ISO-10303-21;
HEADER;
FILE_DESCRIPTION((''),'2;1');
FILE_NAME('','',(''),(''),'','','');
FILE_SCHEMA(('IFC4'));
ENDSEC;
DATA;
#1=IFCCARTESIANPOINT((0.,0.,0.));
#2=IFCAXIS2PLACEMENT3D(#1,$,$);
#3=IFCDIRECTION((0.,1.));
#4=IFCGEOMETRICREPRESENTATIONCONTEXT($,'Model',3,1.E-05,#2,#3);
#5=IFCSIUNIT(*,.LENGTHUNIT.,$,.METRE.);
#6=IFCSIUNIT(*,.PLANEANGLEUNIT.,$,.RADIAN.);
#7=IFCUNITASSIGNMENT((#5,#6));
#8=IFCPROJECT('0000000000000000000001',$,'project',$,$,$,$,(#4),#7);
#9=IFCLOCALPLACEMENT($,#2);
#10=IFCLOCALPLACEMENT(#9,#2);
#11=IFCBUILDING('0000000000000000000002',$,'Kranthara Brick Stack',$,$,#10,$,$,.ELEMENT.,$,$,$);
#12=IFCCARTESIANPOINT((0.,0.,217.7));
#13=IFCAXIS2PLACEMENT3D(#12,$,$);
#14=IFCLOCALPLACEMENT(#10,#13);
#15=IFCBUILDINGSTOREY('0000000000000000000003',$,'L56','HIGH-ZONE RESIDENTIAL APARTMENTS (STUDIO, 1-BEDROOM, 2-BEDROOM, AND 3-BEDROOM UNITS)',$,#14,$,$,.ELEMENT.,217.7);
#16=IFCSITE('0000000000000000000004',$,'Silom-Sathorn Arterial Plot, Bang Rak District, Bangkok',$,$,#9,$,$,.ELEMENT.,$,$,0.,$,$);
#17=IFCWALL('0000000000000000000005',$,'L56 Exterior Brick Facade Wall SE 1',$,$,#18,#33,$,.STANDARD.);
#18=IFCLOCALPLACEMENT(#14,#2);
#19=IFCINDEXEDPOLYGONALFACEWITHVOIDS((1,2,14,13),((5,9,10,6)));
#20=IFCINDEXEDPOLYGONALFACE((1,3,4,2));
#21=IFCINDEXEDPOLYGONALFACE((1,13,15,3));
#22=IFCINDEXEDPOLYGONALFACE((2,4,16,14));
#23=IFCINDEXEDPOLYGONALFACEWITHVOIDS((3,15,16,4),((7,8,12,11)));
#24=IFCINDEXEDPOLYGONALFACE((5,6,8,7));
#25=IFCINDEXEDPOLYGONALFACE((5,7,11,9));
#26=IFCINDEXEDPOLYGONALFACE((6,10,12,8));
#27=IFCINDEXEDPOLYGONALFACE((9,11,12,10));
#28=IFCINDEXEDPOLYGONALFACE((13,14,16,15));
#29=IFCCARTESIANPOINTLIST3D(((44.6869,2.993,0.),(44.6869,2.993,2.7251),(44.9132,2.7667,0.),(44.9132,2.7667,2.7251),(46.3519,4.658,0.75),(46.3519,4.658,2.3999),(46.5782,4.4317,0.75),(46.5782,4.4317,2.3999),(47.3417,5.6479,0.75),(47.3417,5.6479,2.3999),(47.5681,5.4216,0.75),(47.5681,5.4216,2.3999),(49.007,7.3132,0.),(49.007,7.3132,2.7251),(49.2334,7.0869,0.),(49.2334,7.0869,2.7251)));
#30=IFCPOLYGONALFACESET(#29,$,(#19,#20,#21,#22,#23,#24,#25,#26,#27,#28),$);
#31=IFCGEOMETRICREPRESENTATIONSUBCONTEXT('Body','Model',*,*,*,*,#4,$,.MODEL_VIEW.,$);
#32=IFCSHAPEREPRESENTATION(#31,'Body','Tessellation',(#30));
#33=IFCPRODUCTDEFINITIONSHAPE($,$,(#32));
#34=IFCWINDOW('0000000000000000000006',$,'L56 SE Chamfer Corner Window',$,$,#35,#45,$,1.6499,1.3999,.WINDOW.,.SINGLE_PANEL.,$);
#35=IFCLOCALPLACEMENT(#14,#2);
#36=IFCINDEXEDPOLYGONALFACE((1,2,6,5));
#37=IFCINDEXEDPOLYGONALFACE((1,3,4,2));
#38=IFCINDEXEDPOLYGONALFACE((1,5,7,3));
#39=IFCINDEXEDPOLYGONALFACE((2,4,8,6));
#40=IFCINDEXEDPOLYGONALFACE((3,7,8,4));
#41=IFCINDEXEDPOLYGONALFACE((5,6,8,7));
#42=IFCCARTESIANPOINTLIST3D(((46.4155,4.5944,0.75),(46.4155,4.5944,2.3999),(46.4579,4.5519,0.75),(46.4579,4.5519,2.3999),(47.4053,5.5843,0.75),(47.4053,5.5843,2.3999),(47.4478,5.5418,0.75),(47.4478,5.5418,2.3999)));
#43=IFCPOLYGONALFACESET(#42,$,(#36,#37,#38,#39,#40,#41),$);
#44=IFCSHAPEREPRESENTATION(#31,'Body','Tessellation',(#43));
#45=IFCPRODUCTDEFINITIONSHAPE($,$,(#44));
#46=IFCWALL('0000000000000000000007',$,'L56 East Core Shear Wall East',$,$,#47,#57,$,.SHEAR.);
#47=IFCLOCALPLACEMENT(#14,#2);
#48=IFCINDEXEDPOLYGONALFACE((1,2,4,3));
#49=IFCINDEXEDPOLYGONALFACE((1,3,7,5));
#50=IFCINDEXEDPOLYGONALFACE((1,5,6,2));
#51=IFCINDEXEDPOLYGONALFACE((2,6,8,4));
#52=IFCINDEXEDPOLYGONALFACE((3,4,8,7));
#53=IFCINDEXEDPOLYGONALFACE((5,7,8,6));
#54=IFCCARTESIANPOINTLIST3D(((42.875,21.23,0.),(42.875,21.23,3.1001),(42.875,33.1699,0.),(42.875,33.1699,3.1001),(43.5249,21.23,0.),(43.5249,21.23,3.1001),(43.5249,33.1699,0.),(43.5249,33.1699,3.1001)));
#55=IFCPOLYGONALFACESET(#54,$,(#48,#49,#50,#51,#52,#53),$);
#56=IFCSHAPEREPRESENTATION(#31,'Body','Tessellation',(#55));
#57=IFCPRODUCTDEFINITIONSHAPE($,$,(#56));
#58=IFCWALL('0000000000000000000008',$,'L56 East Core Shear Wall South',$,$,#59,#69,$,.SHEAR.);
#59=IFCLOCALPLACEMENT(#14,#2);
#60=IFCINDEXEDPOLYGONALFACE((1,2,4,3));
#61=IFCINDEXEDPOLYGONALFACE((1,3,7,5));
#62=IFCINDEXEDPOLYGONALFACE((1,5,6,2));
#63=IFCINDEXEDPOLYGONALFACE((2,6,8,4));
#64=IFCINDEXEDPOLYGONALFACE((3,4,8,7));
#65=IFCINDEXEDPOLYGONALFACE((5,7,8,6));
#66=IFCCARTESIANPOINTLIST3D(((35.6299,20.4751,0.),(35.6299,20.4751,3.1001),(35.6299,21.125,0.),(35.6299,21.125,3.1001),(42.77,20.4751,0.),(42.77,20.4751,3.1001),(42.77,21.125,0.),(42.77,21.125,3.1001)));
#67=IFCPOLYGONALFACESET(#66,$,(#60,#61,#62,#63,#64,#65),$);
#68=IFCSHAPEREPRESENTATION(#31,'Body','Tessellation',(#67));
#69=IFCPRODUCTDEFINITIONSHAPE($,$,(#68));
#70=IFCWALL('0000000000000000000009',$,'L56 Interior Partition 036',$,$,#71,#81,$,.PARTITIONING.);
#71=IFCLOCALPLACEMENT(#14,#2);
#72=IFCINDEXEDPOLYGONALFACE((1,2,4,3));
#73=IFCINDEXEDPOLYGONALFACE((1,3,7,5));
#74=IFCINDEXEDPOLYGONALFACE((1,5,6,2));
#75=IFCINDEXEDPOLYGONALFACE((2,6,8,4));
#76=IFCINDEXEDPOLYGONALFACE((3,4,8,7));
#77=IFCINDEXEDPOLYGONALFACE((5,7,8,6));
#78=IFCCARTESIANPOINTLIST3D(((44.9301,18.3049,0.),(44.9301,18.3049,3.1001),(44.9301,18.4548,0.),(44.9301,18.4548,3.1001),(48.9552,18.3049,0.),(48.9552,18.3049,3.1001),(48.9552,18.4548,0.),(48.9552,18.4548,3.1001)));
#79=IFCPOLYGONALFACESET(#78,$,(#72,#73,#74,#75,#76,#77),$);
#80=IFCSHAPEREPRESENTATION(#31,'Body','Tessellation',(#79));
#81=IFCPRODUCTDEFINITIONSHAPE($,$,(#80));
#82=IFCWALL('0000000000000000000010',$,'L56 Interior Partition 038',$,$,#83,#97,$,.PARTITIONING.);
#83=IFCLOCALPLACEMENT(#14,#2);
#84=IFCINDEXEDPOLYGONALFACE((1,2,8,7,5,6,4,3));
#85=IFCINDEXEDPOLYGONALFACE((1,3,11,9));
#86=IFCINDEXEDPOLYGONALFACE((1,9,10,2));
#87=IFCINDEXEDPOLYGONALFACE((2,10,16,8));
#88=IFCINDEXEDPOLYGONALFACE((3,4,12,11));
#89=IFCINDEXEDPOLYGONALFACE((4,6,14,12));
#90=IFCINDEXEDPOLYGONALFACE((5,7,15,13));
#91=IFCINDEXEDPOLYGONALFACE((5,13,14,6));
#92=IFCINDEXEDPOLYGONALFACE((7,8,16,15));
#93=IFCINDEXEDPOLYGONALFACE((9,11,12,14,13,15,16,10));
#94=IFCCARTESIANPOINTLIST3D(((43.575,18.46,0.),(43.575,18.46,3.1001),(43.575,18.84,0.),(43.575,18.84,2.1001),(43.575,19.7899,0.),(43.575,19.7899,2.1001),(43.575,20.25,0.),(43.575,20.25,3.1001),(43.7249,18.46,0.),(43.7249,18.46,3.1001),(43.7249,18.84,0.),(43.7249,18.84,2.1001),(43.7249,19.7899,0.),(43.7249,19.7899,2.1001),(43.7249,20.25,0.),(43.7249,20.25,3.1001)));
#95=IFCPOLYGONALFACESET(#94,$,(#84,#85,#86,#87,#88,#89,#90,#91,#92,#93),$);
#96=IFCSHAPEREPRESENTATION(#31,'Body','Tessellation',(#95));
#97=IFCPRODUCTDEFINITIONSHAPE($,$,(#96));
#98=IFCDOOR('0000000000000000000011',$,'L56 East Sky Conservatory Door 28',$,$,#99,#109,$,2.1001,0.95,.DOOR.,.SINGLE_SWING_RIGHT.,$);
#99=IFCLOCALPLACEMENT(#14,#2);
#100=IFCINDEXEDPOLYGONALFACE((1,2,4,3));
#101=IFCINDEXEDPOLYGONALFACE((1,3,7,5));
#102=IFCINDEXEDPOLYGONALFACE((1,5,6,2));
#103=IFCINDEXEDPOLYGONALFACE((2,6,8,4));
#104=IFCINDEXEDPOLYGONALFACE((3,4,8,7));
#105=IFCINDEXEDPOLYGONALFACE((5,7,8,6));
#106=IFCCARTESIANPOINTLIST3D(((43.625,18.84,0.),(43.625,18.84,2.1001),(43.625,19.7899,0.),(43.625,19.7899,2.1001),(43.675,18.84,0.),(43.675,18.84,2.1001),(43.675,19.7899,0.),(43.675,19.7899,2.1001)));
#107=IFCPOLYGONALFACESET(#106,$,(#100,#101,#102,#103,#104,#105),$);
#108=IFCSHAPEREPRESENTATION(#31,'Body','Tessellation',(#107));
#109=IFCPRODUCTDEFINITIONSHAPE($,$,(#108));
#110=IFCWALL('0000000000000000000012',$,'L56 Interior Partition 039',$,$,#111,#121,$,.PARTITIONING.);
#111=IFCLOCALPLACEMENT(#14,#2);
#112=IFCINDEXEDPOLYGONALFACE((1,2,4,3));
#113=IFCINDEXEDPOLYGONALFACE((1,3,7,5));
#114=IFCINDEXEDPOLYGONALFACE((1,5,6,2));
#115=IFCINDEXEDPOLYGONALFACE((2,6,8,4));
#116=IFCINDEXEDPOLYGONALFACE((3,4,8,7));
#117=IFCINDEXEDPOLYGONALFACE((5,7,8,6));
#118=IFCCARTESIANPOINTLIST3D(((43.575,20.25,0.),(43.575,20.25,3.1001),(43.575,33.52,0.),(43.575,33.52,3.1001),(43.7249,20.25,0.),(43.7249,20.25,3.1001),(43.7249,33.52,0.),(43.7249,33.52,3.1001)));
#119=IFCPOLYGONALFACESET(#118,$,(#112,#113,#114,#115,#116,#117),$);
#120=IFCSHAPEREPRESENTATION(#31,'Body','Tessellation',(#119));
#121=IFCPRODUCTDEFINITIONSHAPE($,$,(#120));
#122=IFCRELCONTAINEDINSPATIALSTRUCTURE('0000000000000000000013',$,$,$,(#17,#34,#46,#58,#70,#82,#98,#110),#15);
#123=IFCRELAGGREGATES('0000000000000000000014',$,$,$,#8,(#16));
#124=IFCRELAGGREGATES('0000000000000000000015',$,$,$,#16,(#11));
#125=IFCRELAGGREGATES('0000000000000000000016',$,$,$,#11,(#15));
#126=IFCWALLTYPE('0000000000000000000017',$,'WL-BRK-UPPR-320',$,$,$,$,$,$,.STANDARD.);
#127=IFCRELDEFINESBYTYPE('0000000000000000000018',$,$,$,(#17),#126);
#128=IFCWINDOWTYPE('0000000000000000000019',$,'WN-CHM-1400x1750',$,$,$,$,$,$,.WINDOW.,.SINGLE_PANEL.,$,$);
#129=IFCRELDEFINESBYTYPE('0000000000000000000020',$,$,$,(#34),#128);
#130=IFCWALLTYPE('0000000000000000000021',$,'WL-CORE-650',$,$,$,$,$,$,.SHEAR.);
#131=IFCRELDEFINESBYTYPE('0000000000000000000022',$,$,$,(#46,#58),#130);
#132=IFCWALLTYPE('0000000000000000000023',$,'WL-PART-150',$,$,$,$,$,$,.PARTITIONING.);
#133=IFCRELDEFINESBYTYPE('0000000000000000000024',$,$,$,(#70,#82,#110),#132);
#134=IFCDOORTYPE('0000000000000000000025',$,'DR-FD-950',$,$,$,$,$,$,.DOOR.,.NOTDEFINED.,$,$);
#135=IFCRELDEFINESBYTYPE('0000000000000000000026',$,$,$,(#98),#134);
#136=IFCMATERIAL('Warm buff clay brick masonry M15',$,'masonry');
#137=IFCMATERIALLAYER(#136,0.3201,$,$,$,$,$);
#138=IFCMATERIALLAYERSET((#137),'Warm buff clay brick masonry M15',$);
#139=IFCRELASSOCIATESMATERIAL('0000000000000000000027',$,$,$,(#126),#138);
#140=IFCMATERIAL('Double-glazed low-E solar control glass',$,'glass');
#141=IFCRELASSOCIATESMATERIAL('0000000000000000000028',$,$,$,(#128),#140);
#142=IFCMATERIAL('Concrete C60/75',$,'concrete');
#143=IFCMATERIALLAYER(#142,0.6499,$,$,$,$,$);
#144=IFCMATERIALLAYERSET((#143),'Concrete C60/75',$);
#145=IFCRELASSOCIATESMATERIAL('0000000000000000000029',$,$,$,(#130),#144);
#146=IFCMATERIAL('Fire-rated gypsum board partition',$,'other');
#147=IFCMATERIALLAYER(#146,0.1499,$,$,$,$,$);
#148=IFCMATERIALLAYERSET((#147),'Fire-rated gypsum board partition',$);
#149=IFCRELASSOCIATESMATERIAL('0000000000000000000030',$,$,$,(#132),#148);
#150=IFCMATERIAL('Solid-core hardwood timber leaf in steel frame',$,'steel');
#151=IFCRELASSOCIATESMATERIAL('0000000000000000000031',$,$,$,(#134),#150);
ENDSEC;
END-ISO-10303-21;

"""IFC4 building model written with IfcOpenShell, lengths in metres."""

from ifc_helpers import new_model, si_unit, direction, frame, frame_2d, origin, place, context, subcontext, project, spatial, rectangle, extrude, material, layer, layer_set, type_object, element, fill, save


model = new_model("IFC4")

# Units and contexts
model_context = context("Model", 3, precision=1e-05, world=origin(), true_north=direction((0.0, 1.0)))
body_context = subcontext(model_context, "Body", "Model", "MODEL_VIEW")
ifc_project = project(units=[si_unit("LENGTHUNIT", "METRE"), si_unit("PLANEANGLEUNIT", "RADIAN")], contexts=[model_context])

# Site, building, storey
site_placement = place(None, origin())
site = spatial("IfcSite", under=ifc_project, at=site_placement, Name="Silom-Sathorn Arterial Plot, Bang Rak District, Bangkok", CompositionType="ELEMENT", RefElevation=0.0)
building_placement = place(site_placement, origin())
building = spatial("IfcBuilding", under=site, at=building_placement, Name="Kranthara Brick Stack", CompositionType="ELEMENT")
storey_placement = place(building_placement, frame((0.0, 0.0, 217.7)))
storey = spatial("IfcBuildingStorey", under=building, at=storey_placement, Name="L56", Description="HIGH-ZONE RESIDENTIAL APARTMENTS (STUDIO, 1-BEDROOM, 2-BEDROOM, AND 3-BEDROOM UNITS)", CompositionType="ELEMENT", Elevation=217.7)

# Wall, opening, window
ifc_material_1 = material(Name="Warm buff clay brick masonry M15", Category="masonry")
ifc_layer_1 = layer(ifc_material_1, 0.3201)
ifc_layer_set_1 = layer_set([ifc_layer_1], Name="Warm buff clay brick masonry M15")
wall_type_1 = type_object("IfcWallType", Name="WL-BRK-UPPR-320", PredefinedType="STANDARD", material=ifc_layer_set_1)
wall_1_placement = place(storey_placement, frame((49.1201, 7.2, 0.0), z_axis=(0.0, 0.0, 1.0), x_axis=(-0.707107, -0.707107, 0.0)))
wall_1 = element("IfcWall", 1, at=wall_1_placement, inside=storey, type_object=wall_type_1, Name="L56 Exterior Brick Facade Wall SE 1", PredefinedType="STANDARD", context=body_context, shape_type="SweptSolid", body=[
    extrude(rectangle(XDim=6.1096, YDim=0.3201, at=frame_2d((3.0547, 0.0))), origin(), (0.0, 0.0, 1.0), 2.7251),
])
opening_1_placement = place(wall_1_placement, frame((2.355, 0.0, 0.75)))
opening_1 = element("IfcOpeningElement", 2, at=opening_1_placement, cuts=wall_1, PredefinedType="OPENING", context=body_context, shape_type="SweptSolid", body=[
    extrude(rectangle(XDim=1.3999, YDim=1.6499, at=frame_2d((0.7, 0.825))), frame((0.0, 0.1699, 0.0), z_axis=(0.0, -1.0, 0.0), x_axis=(1.0, 0.0, 0.0)), (0.0, 0.0, 1.0), 0.3401),
])
ifc_material_2 = material(Name="Double-glazed low-E solar control glass", Category="glass")
window_type = type_object("IfcWindowType", Name="WN-CHM-1400x1750", PartitioningType="SINGLE_PANEL", PredefinedType="WINDOW", material=ifc_material_2)
window_placement = place(opening_1_placement, origin())
window = element("IfcWindow", 3, at=window_placement, inside=storey, type_object=window_type, Name="L56 SE Chamfer Corner Window", OverallHeight=1.6499, OverallWidth=1.3999, PartitioningType="SINGLE_PANEL", PredefinedType="WINDOW", context=body_context, shape_type="SweptSolid", body=[
    extrude(rectangle(XDim=1.3999, YDim=1.6499, at=frame_2d((0.7, 0.825))), frame((0.0, -0.01, 0.0), z_axis=(0.0, -1.0, 0.0), x_axis=(1.0, 0.0, 0.0)), (0.0, 0.0, 1.0), 0.0601),
])
fill(opening_1, window)

# Walls
ifc_material_3 = material(Name="Concrete C60/75", Category="concrete")
ifc_layer_2 = layer(ifc_material_3, 0.6499)
ifc_layer_set_2 = layer_set([ifc_layer_2], Name="Concrete C60/75")
wall_type_2 = type_object("IfcWallType", Name="WL-CORE-650", PredefinedType="SHEAR", material=ifc_layer_set_2)
wall_2_placement = place(storey_placement, frame((43.2, 21.23, 0.0), z_axis=(0.0, 0.0, 1.0), x_axis=(0.0, 1.0, 0.0)))
element("IfcWall", 4, at=wall_2_placement, inside=storey, type_object=wall_type_2, Name="L56 East Core Shear Wall East", PredefinedType="SHEAR", context=body_context, shape_type="SweptSolid", body=[
    extrude(rectangle(XDim=11.9399, YDim=0.6499, at=frame_2d((5.97, 0.0))), origin(), (0.0, 0.0, 1.0), 3.1001),
])
wall_3_placement = place(storey_placement, frame((35.6299, 20.8, 0.0), z_axis=(0.0, 0.0, 1.0), x_axis=(1.0, 0.0, 0.0)))
element("IfcWall", 5, at=wall_3_placement, inside=storey, type_object=wall_type_2, Name="L56 East Core Shear Wall South", PredefinedType="SHEAR", context=body_context, shape_type="SweptSolid", body=[
    extrude(rectangle(XDim=7.1401, YDim=0.6499, at=frame_2d((3.5701, 0.0))), origin(), (0.0, 0.0, 1.0), 3.1001),
])

# Wall
ifc_material_4 = material(Name="Fire-rated gypsum board partition", Category="other")
ifc_layer_3 = layer(ifc_material_4, 0.1499)
ifc_layer_set_3 = layer_set([ifc_layer_3], Name="Fire-rated gypsum board partition")
wall_type_3 = type_object("IfcWallType", Name="WL-PART-150", PredefinedType="PARTITIONING", material=ifc_layer_set_3)
wall_4_placement = place(storey_placement, frame((44.9299, 18.3799, 0.0), z_axis=(0.0, 0.0, 1.0), x_axis=(1.0, 0.0, 0.0)))
element("IfcWall", 6, at=wall_4_placement, inside=storey, type_object=wall_type_3, Name="L56 Interior Partition 036", PredefinedType="PARTITIONING", context=body_context, shape_type="SweptSolid", body=[
    extrude(rectangle(XDim=4.0251, YDim=0.1499, at=frame_2d((2.0127, 0.0))), origin(), (0.0, 0.0, 1.0), 3.1001),
])

# Wall, opening, door
wall_5_placement = place(storey_placement, frame((43.6499, 18.46, 0.0), z_axis=(0.0, 0.0, 1.0), x_axis=(0.0, 1.0, 0.0)))
wall_5 = element("IfcWall", 7, at=wall_5_placement, inside=storey, type_object=wall_type_3, Name="L56 Interior Partition 038", PredefinedType="PARTITIONING", context=body_context, shape_type="SweptSolid", body=[
    extrude(rectangle(XDim=1.79, YDim=0.1499, at=frame_2d((0.895, 0.0))), origin(), (0.0, 0.0, 1.0), 3.1001),
])
opening_2_placement = place(wall_5_placement, frame((0.3799, 0.0, 0.0)))
opening_2 = element("IfcOpeningElement", 8, at=opening_2_placement, cuts=wall_5, PredefinedType="OPENING", context=body_context, shape_type="SweptSolid", body=[
    extrude(rectangle(XDim=0.95, YDim=2.1001, at=frame_2d((0.4751, 1.05))), frame((0.0, 0.085, 0.0), z_axis=(0.0, -1.0, 0.0), x_axis=(1.0, 0.0, 0.0)), (0.0, 0.0, 1.0), 0.1699),
])
ifc_material_5 = material(Name="Solid-core hardwood timber leaf in steel frame", Category="steel")
door_type_1 = type_object("IfcDoorType", Name="DR-FD-950", OperationType="NOTDEFINED", PredefinedType="DOOR", material=ifc_material_5)
door_1_placement = place(opening_2_placement, origin())
door_1 = element("IfcDoor", 9, at=door_1_placement, inside=storey, type_object=door_type_1, Name="L56 East Sky Conservatory Door 28", OperationType="SINGLE_SWING_RIGHT", OverallHeight=2.1001, OverallWidth=0.95, PredefinedType="DOOR", context=body_context, shape_type="SweptSolid", body=[
    extrude(rectangle(XDim=0.95, YDim=2.1001, at=frame_2d((0.4751, 1.05))), frame((0.0, 0.0249, 0.0), z_axis=(0.0, -1.0, 0.0), x_axis=(1.0, 0.0, 0.0)), (0.0, 0.0, 1.0), 0.05),
])
fill(opening_2, door_1)

# Wall
wall_6_placement = place(storey_placement, frame((43.6499, 20.25, 0.0), z_axis=(0.0, 0.0, 1.0), x_axis=(0.0, 1.0, 0.0)))
element("IfcWall", 10, at=wall_6_placement, inside=storey, type_object=wall_type_3, Name="L56 Interior Partition 039", PredefinedType="PARTITIONING", context=body_context, shape_type="SweptSolid", body=[
    extrude(rectangle(XDim=13.27, YDim=0.1499, at=frame_2d((6.635, 0.0))), origin(), (0.0, 0.0, 1.0), 3.1001),
])

save(model, "model.ifc")
